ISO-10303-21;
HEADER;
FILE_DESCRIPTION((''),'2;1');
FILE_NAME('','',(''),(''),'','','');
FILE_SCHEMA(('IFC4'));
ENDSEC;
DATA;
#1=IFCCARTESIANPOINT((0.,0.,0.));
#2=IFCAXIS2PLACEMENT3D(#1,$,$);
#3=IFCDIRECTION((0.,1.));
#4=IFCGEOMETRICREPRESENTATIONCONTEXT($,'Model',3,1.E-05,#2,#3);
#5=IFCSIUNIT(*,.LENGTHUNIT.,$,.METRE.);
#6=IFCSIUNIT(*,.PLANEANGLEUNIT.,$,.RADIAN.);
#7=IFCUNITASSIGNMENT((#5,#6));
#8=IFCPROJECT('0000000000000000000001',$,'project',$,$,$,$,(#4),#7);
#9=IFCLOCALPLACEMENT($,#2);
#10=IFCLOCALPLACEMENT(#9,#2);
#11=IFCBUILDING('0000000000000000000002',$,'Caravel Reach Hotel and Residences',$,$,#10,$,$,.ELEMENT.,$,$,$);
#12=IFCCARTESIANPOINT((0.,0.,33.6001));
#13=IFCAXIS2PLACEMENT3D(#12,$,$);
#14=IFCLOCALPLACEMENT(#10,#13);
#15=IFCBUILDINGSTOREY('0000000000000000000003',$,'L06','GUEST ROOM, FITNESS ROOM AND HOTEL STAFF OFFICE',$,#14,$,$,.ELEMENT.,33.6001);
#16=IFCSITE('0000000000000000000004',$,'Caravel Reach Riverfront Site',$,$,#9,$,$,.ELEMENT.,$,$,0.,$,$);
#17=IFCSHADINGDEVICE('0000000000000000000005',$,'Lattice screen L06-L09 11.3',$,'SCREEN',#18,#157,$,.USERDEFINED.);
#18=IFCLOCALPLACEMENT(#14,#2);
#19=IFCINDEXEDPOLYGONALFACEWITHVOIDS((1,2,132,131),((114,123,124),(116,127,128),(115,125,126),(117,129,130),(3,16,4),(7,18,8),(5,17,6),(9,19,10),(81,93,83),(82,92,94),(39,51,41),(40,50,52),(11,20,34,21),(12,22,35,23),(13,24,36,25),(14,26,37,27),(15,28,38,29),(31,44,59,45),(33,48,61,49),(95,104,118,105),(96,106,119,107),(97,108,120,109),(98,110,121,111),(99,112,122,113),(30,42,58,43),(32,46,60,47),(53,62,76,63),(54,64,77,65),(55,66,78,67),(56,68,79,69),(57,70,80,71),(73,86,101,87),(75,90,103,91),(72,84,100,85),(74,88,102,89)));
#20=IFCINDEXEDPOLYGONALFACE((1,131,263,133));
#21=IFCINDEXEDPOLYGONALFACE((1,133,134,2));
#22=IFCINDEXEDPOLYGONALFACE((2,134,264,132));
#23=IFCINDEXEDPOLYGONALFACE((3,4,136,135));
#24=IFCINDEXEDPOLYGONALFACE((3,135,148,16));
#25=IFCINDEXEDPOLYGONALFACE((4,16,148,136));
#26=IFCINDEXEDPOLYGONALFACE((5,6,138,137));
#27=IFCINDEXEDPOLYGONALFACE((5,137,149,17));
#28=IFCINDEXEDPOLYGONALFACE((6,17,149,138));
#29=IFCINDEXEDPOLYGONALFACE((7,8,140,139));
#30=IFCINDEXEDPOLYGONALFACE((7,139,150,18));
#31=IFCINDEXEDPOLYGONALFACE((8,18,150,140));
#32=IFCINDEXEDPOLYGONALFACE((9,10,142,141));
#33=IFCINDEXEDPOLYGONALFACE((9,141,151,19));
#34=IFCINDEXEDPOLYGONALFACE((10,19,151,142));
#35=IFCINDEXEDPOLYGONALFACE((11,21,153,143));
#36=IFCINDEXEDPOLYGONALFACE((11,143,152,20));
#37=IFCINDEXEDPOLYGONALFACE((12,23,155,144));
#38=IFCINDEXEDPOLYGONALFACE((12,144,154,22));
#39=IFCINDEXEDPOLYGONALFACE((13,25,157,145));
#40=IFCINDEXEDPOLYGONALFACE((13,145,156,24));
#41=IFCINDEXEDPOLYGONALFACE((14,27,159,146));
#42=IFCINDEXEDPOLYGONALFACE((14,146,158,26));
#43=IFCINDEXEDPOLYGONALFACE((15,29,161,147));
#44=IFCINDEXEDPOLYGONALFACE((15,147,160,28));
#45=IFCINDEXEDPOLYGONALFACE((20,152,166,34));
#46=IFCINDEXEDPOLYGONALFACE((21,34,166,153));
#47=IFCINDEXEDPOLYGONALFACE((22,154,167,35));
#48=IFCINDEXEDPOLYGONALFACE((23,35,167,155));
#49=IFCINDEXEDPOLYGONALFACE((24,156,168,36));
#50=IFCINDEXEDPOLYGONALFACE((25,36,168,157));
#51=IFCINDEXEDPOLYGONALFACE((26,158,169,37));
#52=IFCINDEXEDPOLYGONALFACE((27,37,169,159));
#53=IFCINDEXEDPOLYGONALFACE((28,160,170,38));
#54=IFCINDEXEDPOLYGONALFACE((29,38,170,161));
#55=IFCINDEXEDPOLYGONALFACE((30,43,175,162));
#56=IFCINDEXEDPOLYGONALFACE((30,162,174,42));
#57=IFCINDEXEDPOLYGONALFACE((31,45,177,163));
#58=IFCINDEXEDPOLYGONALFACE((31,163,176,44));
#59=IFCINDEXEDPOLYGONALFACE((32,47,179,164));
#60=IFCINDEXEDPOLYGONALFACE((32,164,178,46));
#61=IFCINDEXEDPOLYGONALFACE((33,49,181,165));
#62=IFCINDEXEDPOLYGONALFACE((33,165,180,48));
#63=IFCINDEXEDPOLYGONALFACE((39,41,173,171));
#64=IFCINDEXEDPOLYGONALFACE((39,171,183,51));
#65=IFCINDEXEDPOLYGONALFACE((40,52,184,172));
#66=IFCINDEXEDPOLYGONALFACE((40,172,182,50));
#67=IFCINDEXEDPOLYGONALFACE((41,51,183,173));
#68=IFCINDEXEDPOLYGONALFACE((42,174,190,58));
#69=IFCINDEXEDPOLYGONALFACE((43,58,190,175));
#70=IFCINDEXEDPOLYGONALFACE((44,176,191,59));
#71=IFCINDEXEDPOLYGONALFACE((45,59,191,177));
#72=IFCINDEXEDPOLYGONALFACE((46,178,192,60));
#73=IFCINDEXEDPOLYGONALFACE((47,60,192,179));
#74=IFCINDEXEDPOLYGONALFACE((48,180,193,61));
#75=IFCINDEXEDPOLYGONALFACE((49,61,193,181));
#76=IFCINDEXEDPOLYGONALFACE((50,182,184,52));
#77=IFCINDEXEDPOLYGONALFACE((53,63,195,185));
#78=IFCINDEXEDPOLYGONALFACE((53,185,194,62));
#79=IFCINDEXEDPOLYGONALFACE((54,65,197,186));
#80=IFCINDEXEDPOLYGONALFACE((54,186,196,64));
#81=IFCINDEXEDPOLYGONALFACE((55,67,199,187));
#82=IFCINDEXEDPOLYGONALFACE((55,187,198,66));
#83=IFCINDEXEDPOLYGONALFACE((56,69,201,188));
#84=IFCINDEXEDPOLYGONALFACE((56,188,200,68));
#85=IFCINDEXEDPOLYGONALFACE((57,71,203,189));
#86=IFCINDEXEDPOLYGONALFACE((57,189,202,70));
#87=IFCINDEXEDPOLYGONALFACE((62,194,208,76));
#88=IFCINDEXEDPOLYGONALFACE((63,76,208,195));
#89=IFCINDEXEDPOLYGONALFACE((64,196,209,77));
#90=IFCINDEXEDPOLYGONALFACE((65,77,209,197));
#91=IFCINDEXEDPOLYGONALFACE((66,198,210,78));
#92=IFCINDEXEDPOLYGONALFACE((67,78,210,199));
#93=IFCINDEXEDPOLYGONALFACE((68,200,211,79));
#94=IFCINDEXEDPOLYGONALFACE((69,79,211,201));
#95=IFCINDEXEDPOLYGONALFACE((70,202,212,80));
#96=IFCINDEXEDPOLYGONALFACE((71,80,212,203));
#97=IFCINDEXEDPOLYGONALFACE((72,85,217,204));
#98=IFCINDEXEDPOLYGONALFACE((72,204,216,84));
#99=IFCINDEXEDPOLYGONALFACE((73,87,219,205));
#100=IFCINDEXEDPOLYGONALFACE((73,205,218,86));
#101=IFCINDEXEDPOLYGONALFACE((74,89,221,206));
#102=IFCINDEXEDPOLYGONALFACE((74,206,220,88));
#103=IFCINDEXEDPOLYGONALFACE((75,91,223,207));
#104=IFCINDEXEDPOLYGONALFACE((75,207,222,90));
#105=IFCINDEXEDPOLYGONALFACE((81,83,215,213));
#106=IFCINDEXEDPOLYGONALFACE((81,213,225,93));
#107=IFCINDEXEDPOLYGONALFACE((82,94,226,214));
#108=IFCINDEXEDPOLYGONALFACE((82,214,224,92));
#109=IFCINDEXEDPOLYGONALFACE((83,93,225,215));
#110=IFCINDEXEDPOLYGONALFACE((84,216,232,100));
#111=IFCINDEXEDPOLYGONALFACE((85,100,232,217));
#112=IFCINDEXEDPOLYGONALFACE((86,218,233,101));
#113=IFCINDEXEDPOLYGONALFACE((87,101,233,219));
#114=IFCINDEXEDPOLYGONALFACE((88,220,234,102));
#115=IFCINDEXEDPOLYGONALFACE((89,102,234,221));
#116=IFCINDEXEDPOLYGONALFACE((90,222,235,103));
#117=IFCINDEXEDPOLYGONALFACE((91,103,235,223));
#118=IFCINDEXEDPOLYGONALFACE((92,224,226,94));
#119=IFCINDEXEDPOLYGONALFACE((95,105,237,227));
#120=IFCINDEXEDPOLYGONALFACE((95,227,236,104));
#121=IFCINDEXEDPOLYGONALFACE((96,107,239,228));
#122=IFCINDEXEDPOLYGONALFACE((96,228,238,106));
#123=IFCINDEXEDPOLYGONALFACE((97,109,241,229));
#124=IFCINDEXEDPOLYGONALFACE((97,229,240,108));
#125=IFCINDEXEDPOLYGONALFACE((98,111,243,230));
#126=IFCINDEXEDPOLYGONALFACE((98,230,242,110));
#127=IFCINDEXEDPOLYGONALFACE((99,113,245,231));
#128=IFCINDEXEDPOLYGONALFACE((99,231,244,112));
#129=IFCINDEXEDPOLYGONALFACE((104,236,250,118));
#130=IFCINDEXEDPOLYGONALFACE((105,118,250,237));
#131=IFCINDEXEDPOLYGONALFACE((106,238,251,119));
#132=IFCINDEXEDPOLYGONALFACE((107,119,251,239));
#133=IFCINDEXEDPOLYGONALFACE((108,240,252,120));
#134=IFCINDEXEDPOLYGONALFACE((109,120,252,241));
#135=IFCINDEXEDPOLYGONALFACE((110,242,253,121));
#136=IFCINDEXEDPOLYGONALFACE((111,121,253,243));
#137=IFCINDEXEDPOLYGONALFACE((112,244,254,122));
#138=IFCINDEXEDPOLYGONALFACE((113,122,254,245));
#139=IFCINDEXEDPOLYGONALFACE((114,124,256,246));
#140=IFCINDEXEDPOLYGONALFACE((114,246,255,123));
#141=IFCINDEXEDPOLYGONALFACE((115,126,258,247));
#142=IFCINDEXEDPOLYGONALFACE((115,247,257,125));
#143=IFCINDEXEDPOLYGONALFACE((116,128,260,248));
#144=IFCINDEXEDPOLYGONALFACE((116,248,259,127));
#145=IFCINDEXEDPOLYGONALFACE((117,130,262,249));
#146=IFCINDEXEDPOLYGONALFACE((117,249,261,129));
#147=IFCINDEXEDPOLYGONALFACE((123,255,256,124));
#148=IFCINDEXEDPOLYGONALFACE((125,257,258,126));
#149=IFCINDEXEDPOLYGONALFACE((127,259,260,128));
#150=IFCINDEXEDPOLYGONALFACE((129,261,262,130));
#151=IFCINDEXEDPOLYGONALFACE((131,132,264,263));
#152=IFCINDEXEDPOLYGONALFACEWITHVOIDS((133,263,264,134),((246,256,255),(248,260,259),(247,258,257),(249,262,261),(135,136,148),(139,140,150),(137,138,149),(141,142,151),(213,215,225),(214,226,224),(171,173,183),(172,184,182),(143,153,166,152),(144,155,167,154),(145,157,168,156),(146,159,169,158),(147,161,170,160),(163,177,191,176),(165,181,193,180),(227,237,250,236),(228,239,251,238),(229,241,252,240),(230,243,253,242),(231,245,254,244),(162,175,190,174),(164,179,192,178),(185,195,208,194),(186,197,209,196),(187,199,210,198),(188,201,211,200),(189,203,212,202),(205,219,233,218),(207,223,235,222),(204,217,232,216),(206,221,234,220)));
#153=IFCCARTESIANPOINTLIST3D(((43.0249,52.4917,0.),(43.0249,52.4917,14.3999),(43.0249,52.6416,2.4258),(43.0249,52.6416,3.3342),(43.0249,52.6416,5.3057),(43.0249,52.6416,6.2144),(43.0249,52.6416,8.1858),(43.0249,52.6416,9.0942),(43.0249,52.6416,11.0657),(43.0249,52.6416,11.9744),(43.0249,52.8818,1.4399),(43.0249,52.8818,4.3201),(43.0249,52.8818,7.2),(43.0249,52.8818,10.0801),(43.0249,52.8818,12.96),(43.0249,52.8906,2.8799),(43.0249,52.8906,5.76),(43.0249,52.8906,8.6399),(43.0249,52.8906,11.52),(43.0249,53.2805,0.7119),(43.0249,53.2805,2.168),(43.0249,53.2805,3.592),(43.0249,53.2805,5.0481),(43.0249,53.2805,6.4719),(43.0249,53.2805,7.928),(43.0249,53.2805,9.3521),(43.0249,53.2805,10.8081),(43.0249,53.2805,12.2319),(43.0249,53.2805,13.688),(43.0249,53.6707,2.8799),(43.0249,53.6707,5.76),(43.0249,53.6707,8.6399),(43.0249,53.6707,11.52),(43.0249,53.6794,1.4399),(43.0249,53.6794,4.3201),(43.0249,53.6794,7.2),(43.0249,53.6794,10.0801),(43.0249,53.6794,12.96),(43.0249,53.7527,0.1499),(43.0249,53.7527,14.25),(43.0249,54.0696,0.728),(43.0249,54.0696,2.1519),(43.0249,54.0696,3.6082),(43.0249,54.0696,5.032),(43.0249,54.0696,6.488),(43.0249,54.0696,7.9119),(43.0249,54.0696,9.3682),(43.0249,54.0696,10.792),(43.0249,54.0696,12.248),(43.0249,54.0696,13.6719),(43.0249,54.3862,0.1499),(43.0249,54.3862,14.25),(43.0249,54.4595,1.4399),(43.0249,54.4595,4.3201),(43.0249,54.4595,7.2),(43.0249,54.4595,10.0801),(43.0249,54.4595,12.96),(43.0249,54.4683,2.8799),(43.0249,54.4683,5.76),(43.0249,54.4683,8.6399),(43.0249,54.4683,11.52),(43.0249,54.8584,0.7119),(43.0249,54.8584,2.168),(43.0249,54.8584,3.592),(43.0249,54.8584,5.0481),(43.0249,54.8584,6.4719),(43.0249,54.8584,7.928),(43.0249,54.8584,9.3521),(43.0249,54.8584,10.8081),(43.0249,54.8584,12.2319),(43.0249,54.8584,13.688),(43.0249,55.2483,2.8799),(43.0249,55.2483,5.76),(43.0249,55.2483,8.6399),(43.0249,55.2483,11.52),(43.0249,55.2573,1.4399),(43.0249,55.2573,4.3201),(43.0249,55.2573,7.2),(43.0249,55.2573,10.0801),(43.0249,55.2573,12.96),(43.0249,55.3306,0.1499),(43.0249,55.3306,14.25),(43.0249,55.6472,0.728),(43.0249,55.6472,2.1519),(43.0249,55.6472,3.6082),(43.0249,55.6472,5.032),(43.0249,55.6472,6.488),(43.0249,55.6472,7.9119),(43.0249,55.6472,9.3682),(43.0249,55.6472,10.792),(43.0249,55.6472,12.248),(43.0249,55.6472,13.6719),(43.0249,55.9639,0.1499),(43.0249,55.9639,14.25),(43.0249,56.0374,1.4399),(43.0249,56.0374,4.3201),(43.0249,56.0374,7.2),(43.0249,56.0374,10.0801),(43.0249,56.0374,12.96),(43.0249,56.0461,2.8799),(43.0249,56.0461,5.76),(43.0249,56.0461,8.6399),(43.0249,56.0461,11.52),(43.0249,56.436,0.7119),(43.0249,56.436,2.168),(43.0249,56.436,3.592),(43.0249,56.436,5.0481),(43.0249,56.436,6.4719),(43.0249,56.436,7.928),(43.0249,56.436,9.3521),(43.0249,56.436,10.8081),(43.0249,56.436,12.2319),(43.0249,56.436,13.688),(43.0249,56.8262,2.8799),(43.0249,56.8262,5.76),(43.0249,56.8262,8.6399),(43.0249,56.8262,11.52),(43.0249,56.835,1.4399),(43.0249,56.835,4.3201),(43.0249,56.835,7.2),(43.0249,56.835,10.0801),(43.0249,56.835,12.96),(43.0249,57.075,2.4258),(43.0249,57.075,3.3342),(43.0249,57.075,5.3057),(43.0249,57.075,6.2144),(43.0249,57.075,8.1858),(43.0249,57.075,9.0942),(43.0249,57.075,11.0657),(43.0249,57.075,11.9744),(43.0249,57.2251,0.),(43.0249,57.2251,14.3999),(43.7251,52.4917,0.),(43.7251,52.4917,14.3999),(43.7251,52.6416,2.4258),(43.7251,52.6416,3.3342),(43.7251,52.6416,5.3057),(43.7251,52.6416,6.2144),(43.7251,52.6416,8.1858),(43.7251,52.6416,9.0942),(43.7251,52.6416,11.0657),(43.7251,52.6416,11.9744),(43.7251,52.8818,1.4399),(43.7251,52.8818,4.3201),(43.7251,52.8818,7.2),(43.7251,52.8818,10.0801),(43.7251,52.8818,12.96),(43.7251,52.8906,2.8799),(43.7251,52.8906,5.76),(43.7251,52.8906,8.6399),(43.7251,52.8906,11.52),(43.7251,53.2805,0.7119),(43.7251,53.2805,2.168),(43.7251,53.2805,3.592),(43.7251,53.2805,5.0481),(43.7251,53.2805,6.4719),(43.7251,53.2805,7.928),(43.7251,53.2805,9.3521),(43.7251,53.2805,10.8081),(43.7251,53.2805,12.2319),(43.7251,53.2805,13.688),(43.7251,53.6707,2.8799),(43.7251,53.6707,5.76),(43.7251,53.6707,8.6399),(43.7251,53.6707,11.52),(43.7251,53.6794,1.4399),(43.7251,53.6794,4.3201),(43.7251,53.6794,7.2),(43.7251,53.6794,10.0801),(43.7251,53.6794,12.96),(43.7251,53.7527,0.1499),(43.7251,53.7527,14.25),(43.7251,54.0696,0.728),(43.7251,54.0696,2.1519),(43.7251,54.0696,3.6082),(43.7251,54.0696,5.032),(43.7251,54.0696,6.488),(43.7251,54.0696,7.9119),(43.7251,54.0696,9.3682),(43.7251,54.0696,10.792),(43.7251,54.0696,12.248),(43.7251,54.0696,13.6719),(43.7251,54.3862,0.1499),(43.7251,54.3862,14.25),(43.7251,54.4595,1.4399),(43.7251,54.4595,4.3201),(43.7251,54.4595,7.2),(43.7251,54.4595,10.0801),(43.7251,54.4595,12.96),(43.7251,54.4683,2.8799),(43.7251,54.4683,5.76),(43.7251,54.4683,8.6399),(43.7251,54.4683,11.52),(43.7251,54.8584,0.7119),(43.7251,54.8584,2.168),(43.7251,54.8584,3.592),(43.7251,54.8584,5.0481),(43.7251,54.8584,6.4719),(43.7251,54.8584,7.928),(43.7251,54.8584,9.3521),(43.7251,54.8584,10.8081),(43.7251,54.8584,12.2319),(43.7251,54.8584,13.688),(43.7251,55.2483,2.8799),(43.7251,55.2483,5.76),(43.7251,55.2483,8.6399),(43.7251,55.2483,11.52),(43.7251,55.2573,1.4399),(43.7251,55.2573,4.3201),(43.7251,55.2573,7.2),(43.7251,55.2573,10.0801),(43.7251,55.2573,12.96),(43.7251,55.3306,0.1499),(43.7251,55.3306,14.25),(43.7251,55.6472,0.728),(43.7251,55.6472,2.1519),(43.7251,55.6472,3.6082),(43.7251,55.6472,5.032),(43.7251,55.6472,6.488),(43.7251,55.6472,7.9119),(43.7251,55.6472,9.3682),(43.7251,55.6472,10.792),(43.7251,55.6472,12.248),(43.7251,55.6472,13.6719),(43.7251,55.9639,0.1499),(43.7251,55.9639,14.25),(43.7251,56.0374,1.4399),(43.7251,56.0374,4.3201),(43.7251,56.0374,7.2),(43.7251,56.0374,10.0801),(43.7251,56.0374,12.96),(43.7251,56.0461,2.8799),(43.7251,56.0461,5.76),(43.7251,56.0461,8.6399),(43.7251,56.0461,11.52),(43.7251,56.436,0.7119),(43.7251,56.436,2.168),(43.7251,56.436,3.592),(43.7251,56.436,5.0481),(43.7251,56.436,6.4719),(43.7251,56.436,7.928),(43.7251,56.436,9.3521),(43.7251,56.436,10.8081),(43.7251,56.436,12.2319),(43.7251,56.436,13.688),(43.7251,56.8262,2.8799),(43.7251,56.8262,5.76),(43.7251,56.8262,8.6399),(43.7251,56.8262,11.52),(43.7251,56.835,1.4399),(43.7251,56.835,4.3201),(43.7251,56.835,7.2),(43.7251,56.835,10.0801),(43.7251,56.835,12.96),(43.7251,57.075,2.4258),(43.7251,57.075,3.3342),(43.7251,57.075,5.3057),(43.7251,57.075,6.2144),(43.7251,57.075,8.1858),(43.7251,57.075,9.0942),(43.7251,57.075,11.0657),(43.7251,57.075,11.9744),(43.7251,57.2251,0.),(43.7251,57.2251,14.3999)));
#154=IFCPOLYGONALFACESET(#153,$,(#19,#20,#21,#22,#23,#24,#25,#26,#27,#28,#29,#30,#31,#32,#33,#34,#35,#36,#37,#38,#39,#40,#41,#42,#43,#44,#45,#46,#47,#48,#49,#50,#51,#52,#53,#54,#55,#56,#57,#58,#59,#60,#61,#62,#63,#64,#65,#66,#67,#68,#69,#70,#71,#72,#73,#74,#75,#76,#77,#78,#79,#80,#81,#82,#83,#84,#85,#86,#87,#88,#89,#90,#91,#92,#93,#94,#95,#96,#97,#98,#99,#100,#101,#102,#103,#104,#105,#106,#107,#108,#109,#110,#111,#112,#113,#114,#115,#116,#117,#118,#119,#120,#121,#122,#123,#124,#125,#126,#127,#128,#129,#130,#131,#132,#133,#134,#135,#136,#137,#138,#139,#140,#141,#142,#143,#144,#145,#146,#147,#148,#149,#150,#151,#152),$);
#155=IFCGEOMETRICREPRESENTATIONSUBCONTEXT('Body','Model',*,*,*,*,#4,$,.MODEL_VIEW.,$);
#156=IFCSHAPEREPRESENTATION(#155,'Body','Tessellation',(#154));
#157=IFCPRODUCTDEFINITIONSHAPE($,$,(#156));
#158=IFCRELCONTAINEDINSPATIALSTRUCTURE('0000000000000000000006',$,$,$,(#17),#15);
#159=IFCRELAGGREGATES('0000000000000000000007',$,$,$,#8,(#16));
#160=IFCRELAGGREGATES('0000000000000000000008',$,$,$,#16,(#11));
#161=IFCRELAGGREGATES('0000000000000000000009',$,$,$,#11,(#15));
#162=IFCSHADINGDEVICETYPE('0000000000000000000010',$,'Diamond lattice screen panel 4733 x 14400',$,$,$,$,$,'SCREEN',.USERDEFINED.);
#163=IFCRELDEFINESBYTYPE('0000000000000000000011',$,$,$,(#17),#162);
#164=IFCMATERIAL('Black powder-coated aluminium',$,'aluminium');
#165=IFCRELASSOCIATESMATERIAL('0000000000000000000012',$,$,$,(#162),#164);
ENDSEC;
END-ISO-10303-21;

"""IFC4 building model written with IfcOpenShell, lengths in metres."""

from ifc_helpers import new_model, si_unit, direction, frame, origin, place, context, subcontext, project, spatial, polyline, outline, extrude, material, type_object, element, save


model = new_model("IFC4")

# Units and contexts
model_context = context("Model", 3, precision=1e-05, world=origin(), true_north=direction((0.0, 1.0)))
body_context = subcontext(model_context, "Body", "Model", "MODEL_VIEW")
ifc_project = project(units=[si_unit("LENGTHUNIT", "METRE"), si_unit("PLANEANGLEUNIT", "RADIAN")], contexts=[model_context])

# Site, building, storey
site_placement = place(None, origin())
site = spatial("IfcSite", under=ifc_project, at=site_placement, Name="Caravel Reach Riverfront Site", CompositionType="ELEMENT", RefElevation=0.0)
building_placement = place(site_placement, origin())
building = spatial("IfcBuilding", under=site, at=building_placement, Name="Caravel Reach Hotel and Residences", CompositionType="ELEMENT")
storey_placement = place(building_placement, frame((0.0, 0.0, 33.6001)))
storey = spatial("IfcBuildingStorey", under=building, at=storey_placement, Name="L06", Description="GUEST ROOM, FITNESS ROOM AND HOTEL STAFF OFFICE", CompositionType="ELEMENT", Elevation=33.6001)

# Shading device
ifc_material_1 = material(Name="Black powder-coated aluminium", Category="aluminium")
shading_device_type_1 = type_object("IfcShadingDeviceType", Name="Diamond lattice screen panel 4733 x 14400", ElementType="SCREEN", PredefinedType="USERDEFINED", material=ifc_material_1)
shading_device_1_placement = place(storey_placement, frame((43.0249, 52.4917, 0.0), z_axis=(1.0, 0.0, 0.0), x_axis=(0.0, 1.0, 0.0)))
element("IfcShadingDevice", 1, at=shading_device_1_placement, inside=storey, type_object=shading_device_type_1, Name="Lattice screen L06-L09 11.3", ObjectType="SCREEN", PredefinedType="USERDEFINED", context=body_context, shape_type="SweptSolid", body=[
    extrude(outline(polyline([(0.0, 0.0), (4.7334, 0.0), (4.7334, 14.3999), (0.0, 14.3999), (0.0, 0.0)]), holes=[polyline([(0.3989, 2.8799), (0.1499, 3.3342), (0.1499, 2.4258), (0.3989, 2.8799)]), polyline([(0.3989, 5.76), (0.1499, 6.2144), (0.1499, 5.3057), (0.3989, 5.76)]), polyline([(0.3989, 8.6399), (0.1499, 9.0942), (0.1499, 8.1858), (0.3989, 8.6399)]), polyline([(0.3989, 11.52), (0.1499, 11.9744), (0.1499, 11.0657), (0.3989, 11.52)]), polyline([(0.7888, 2.168), (0.3901, 1.4399), (0.7888, 0.7119), (1.1877, 1.4399), (0.7888, 2.168)]), polyline([(0.7888, 5.0481), (0.3901, 4.3201), (0.7888, 3.592), (1.1877, 4.3201), (0.7888, 5.0481)]), polyline([(0.7888, 7.928), (0.3901, 7.2), (0.7888, 6.4719), (1.1877, 7.2), (0.7888, 7.928)]), polyline([(0.7888, 10.8081), (0.3901, 10.0801), (0.7888, 9.3521), (1.1877, 10.0801), (0.7888, 10.8081)]), polyline([(0.7888, 13.688), (0.3901, 12.96), (0.7888, 12.2319), (1.1877, 12.96), (0.7888, 13.688)]), polyline([(1.5779, 0.728), (1.261, 0.1499), (1.8945, 0.1499), (1.5779, 0.728)]), polyline([(1.5779, 3.6082), (1.179, 2.8799), (1.5779, 2.1519), (1.9766, 2.8799), (1.5779, 3.6082)]), polyline([(1.5779, 6.488), (1.179, 5.76), (1.5779, 5.032), (1.9766, 5.76), (1.5779, 6.488)]), polyline([(1.5779, 9.3682), (1.179, 8.6399), (1.5779, 7.9119), (1.9766, 8.6399), (1.5779, 9.3682)]), polyline([(1.5779, 12.248), (1.179, 11.52), (1.5779, 10.792), (1.9766, 11.52), (1.5779, 12.248)]), polyline([(1.5779, 13.6719), (1.8945, 14.25), (1.261, 14.25), (1.5779, 13.6719)]), polyline([(2.3667, 2.168), (1.9678, 1.4399), (2.3667, 0.7119), (2.7656, 1.4399), (2.3667, 2.168)]), polyline([(2.3667, 5.0481), (1.9678, 4.3201), (2.3667, 3.592), (2.7656, 4.3201), (2.3667, 5.0481)]), polyline([(2.3667, 7.928), (1.9678, 7.2), (2.3667, 6.4719), (2.7656, 7.2), (2.3667, 7.928)]), polyline([(2.3667, 10.8081), (1.9678, 10.0801), (2.3667, 9.3521), (2.7656, 10.0801), (2.3667, 10.8081)]), polyline([(2.3667, 13.688), (1.9678, 12.96), (2.3667, 12.2319), (2.7656, 12.96), (2.3667, 13.688)]), polyline([(3.1555, 0.728), (2.8389, 0.1499), (3.4722, 0.1499), (3.1555, 0.728)]), polyline([(3.1555, 3.6082), (2.7566, 2.8799), (3.1555, 2.1519), (3.5544, 2.8799), (3.1555, 3.6082)]), polyline([(3.1555, 6.488), (2.7566, 5.76), (3.1555, 5.032), (3.5544, 5.76), (3.1555, 6.488)]), polyline([(3.1555, 9.3682), (2.7566, 8.6399), (3.1555, 7.9119), (3.5544, 8.6399), (3.1555, 9.3682)]), polyline([(3.1555, 12.248), (2.7566, 11.52), (3.1555, 10.792), (3.5544, 11.52), (3.1555, 12.248)]), polyline([(3.1555, 13.6719), (3.4722, 14.25), (2.8389, 14.25), (3.1555, 13.6719)]), polyline([(3.9443, 2.168), (3.5457, 1.4399), (3.9443, 0.7119), (4.3433, 1.4399), (3.9443, 2.168)]), polyline([(3.9443, 5.0481), (3.5457, 4.3201), (3.9443, 3.592), (4.3433, 4.3201), (3.9443, 5.0481)]), polyline([(3.9443, 7.928), (3.5457, 7.2), (3.9443, 6.4719), (4.3433, 7.2), (3.9443, 7.928)]), polyline([(3.9443, 10.8081), (3.5457, 10.0801), (3.9443, 9.3521), (4.3433, 10.0801), (3.9443, 10.8081)]), polyline([(3.9443, 13.688), (3.5457, 12.96), (3.9443, 12.2319), (4.3433, 12.96), (3.9443, 13.688)]), polyline([(4.3345, 2.8799), (4.5833, 2.4258), (4.5833, 3.3342), (4.3345, 2.8799)]), polyline([(4.3345, 5.76), (4.5833, 5.3057), (4.5833, 6.2144), (4.3345, 5.76)]), polyline([(4.3345, 8.6399), (4.5833, 8.1858), (4.5833, 9.0942), (4.3345, 8.6399)]), polyline([(4.3345, 11.52), (4.5833, 11.0657), (4.5833, 11.9744), (4.3345, 11.52)])]), origin(), (0.0, 0.0, 1.0), 0.7002),
])

save(model, "model.ifc")
